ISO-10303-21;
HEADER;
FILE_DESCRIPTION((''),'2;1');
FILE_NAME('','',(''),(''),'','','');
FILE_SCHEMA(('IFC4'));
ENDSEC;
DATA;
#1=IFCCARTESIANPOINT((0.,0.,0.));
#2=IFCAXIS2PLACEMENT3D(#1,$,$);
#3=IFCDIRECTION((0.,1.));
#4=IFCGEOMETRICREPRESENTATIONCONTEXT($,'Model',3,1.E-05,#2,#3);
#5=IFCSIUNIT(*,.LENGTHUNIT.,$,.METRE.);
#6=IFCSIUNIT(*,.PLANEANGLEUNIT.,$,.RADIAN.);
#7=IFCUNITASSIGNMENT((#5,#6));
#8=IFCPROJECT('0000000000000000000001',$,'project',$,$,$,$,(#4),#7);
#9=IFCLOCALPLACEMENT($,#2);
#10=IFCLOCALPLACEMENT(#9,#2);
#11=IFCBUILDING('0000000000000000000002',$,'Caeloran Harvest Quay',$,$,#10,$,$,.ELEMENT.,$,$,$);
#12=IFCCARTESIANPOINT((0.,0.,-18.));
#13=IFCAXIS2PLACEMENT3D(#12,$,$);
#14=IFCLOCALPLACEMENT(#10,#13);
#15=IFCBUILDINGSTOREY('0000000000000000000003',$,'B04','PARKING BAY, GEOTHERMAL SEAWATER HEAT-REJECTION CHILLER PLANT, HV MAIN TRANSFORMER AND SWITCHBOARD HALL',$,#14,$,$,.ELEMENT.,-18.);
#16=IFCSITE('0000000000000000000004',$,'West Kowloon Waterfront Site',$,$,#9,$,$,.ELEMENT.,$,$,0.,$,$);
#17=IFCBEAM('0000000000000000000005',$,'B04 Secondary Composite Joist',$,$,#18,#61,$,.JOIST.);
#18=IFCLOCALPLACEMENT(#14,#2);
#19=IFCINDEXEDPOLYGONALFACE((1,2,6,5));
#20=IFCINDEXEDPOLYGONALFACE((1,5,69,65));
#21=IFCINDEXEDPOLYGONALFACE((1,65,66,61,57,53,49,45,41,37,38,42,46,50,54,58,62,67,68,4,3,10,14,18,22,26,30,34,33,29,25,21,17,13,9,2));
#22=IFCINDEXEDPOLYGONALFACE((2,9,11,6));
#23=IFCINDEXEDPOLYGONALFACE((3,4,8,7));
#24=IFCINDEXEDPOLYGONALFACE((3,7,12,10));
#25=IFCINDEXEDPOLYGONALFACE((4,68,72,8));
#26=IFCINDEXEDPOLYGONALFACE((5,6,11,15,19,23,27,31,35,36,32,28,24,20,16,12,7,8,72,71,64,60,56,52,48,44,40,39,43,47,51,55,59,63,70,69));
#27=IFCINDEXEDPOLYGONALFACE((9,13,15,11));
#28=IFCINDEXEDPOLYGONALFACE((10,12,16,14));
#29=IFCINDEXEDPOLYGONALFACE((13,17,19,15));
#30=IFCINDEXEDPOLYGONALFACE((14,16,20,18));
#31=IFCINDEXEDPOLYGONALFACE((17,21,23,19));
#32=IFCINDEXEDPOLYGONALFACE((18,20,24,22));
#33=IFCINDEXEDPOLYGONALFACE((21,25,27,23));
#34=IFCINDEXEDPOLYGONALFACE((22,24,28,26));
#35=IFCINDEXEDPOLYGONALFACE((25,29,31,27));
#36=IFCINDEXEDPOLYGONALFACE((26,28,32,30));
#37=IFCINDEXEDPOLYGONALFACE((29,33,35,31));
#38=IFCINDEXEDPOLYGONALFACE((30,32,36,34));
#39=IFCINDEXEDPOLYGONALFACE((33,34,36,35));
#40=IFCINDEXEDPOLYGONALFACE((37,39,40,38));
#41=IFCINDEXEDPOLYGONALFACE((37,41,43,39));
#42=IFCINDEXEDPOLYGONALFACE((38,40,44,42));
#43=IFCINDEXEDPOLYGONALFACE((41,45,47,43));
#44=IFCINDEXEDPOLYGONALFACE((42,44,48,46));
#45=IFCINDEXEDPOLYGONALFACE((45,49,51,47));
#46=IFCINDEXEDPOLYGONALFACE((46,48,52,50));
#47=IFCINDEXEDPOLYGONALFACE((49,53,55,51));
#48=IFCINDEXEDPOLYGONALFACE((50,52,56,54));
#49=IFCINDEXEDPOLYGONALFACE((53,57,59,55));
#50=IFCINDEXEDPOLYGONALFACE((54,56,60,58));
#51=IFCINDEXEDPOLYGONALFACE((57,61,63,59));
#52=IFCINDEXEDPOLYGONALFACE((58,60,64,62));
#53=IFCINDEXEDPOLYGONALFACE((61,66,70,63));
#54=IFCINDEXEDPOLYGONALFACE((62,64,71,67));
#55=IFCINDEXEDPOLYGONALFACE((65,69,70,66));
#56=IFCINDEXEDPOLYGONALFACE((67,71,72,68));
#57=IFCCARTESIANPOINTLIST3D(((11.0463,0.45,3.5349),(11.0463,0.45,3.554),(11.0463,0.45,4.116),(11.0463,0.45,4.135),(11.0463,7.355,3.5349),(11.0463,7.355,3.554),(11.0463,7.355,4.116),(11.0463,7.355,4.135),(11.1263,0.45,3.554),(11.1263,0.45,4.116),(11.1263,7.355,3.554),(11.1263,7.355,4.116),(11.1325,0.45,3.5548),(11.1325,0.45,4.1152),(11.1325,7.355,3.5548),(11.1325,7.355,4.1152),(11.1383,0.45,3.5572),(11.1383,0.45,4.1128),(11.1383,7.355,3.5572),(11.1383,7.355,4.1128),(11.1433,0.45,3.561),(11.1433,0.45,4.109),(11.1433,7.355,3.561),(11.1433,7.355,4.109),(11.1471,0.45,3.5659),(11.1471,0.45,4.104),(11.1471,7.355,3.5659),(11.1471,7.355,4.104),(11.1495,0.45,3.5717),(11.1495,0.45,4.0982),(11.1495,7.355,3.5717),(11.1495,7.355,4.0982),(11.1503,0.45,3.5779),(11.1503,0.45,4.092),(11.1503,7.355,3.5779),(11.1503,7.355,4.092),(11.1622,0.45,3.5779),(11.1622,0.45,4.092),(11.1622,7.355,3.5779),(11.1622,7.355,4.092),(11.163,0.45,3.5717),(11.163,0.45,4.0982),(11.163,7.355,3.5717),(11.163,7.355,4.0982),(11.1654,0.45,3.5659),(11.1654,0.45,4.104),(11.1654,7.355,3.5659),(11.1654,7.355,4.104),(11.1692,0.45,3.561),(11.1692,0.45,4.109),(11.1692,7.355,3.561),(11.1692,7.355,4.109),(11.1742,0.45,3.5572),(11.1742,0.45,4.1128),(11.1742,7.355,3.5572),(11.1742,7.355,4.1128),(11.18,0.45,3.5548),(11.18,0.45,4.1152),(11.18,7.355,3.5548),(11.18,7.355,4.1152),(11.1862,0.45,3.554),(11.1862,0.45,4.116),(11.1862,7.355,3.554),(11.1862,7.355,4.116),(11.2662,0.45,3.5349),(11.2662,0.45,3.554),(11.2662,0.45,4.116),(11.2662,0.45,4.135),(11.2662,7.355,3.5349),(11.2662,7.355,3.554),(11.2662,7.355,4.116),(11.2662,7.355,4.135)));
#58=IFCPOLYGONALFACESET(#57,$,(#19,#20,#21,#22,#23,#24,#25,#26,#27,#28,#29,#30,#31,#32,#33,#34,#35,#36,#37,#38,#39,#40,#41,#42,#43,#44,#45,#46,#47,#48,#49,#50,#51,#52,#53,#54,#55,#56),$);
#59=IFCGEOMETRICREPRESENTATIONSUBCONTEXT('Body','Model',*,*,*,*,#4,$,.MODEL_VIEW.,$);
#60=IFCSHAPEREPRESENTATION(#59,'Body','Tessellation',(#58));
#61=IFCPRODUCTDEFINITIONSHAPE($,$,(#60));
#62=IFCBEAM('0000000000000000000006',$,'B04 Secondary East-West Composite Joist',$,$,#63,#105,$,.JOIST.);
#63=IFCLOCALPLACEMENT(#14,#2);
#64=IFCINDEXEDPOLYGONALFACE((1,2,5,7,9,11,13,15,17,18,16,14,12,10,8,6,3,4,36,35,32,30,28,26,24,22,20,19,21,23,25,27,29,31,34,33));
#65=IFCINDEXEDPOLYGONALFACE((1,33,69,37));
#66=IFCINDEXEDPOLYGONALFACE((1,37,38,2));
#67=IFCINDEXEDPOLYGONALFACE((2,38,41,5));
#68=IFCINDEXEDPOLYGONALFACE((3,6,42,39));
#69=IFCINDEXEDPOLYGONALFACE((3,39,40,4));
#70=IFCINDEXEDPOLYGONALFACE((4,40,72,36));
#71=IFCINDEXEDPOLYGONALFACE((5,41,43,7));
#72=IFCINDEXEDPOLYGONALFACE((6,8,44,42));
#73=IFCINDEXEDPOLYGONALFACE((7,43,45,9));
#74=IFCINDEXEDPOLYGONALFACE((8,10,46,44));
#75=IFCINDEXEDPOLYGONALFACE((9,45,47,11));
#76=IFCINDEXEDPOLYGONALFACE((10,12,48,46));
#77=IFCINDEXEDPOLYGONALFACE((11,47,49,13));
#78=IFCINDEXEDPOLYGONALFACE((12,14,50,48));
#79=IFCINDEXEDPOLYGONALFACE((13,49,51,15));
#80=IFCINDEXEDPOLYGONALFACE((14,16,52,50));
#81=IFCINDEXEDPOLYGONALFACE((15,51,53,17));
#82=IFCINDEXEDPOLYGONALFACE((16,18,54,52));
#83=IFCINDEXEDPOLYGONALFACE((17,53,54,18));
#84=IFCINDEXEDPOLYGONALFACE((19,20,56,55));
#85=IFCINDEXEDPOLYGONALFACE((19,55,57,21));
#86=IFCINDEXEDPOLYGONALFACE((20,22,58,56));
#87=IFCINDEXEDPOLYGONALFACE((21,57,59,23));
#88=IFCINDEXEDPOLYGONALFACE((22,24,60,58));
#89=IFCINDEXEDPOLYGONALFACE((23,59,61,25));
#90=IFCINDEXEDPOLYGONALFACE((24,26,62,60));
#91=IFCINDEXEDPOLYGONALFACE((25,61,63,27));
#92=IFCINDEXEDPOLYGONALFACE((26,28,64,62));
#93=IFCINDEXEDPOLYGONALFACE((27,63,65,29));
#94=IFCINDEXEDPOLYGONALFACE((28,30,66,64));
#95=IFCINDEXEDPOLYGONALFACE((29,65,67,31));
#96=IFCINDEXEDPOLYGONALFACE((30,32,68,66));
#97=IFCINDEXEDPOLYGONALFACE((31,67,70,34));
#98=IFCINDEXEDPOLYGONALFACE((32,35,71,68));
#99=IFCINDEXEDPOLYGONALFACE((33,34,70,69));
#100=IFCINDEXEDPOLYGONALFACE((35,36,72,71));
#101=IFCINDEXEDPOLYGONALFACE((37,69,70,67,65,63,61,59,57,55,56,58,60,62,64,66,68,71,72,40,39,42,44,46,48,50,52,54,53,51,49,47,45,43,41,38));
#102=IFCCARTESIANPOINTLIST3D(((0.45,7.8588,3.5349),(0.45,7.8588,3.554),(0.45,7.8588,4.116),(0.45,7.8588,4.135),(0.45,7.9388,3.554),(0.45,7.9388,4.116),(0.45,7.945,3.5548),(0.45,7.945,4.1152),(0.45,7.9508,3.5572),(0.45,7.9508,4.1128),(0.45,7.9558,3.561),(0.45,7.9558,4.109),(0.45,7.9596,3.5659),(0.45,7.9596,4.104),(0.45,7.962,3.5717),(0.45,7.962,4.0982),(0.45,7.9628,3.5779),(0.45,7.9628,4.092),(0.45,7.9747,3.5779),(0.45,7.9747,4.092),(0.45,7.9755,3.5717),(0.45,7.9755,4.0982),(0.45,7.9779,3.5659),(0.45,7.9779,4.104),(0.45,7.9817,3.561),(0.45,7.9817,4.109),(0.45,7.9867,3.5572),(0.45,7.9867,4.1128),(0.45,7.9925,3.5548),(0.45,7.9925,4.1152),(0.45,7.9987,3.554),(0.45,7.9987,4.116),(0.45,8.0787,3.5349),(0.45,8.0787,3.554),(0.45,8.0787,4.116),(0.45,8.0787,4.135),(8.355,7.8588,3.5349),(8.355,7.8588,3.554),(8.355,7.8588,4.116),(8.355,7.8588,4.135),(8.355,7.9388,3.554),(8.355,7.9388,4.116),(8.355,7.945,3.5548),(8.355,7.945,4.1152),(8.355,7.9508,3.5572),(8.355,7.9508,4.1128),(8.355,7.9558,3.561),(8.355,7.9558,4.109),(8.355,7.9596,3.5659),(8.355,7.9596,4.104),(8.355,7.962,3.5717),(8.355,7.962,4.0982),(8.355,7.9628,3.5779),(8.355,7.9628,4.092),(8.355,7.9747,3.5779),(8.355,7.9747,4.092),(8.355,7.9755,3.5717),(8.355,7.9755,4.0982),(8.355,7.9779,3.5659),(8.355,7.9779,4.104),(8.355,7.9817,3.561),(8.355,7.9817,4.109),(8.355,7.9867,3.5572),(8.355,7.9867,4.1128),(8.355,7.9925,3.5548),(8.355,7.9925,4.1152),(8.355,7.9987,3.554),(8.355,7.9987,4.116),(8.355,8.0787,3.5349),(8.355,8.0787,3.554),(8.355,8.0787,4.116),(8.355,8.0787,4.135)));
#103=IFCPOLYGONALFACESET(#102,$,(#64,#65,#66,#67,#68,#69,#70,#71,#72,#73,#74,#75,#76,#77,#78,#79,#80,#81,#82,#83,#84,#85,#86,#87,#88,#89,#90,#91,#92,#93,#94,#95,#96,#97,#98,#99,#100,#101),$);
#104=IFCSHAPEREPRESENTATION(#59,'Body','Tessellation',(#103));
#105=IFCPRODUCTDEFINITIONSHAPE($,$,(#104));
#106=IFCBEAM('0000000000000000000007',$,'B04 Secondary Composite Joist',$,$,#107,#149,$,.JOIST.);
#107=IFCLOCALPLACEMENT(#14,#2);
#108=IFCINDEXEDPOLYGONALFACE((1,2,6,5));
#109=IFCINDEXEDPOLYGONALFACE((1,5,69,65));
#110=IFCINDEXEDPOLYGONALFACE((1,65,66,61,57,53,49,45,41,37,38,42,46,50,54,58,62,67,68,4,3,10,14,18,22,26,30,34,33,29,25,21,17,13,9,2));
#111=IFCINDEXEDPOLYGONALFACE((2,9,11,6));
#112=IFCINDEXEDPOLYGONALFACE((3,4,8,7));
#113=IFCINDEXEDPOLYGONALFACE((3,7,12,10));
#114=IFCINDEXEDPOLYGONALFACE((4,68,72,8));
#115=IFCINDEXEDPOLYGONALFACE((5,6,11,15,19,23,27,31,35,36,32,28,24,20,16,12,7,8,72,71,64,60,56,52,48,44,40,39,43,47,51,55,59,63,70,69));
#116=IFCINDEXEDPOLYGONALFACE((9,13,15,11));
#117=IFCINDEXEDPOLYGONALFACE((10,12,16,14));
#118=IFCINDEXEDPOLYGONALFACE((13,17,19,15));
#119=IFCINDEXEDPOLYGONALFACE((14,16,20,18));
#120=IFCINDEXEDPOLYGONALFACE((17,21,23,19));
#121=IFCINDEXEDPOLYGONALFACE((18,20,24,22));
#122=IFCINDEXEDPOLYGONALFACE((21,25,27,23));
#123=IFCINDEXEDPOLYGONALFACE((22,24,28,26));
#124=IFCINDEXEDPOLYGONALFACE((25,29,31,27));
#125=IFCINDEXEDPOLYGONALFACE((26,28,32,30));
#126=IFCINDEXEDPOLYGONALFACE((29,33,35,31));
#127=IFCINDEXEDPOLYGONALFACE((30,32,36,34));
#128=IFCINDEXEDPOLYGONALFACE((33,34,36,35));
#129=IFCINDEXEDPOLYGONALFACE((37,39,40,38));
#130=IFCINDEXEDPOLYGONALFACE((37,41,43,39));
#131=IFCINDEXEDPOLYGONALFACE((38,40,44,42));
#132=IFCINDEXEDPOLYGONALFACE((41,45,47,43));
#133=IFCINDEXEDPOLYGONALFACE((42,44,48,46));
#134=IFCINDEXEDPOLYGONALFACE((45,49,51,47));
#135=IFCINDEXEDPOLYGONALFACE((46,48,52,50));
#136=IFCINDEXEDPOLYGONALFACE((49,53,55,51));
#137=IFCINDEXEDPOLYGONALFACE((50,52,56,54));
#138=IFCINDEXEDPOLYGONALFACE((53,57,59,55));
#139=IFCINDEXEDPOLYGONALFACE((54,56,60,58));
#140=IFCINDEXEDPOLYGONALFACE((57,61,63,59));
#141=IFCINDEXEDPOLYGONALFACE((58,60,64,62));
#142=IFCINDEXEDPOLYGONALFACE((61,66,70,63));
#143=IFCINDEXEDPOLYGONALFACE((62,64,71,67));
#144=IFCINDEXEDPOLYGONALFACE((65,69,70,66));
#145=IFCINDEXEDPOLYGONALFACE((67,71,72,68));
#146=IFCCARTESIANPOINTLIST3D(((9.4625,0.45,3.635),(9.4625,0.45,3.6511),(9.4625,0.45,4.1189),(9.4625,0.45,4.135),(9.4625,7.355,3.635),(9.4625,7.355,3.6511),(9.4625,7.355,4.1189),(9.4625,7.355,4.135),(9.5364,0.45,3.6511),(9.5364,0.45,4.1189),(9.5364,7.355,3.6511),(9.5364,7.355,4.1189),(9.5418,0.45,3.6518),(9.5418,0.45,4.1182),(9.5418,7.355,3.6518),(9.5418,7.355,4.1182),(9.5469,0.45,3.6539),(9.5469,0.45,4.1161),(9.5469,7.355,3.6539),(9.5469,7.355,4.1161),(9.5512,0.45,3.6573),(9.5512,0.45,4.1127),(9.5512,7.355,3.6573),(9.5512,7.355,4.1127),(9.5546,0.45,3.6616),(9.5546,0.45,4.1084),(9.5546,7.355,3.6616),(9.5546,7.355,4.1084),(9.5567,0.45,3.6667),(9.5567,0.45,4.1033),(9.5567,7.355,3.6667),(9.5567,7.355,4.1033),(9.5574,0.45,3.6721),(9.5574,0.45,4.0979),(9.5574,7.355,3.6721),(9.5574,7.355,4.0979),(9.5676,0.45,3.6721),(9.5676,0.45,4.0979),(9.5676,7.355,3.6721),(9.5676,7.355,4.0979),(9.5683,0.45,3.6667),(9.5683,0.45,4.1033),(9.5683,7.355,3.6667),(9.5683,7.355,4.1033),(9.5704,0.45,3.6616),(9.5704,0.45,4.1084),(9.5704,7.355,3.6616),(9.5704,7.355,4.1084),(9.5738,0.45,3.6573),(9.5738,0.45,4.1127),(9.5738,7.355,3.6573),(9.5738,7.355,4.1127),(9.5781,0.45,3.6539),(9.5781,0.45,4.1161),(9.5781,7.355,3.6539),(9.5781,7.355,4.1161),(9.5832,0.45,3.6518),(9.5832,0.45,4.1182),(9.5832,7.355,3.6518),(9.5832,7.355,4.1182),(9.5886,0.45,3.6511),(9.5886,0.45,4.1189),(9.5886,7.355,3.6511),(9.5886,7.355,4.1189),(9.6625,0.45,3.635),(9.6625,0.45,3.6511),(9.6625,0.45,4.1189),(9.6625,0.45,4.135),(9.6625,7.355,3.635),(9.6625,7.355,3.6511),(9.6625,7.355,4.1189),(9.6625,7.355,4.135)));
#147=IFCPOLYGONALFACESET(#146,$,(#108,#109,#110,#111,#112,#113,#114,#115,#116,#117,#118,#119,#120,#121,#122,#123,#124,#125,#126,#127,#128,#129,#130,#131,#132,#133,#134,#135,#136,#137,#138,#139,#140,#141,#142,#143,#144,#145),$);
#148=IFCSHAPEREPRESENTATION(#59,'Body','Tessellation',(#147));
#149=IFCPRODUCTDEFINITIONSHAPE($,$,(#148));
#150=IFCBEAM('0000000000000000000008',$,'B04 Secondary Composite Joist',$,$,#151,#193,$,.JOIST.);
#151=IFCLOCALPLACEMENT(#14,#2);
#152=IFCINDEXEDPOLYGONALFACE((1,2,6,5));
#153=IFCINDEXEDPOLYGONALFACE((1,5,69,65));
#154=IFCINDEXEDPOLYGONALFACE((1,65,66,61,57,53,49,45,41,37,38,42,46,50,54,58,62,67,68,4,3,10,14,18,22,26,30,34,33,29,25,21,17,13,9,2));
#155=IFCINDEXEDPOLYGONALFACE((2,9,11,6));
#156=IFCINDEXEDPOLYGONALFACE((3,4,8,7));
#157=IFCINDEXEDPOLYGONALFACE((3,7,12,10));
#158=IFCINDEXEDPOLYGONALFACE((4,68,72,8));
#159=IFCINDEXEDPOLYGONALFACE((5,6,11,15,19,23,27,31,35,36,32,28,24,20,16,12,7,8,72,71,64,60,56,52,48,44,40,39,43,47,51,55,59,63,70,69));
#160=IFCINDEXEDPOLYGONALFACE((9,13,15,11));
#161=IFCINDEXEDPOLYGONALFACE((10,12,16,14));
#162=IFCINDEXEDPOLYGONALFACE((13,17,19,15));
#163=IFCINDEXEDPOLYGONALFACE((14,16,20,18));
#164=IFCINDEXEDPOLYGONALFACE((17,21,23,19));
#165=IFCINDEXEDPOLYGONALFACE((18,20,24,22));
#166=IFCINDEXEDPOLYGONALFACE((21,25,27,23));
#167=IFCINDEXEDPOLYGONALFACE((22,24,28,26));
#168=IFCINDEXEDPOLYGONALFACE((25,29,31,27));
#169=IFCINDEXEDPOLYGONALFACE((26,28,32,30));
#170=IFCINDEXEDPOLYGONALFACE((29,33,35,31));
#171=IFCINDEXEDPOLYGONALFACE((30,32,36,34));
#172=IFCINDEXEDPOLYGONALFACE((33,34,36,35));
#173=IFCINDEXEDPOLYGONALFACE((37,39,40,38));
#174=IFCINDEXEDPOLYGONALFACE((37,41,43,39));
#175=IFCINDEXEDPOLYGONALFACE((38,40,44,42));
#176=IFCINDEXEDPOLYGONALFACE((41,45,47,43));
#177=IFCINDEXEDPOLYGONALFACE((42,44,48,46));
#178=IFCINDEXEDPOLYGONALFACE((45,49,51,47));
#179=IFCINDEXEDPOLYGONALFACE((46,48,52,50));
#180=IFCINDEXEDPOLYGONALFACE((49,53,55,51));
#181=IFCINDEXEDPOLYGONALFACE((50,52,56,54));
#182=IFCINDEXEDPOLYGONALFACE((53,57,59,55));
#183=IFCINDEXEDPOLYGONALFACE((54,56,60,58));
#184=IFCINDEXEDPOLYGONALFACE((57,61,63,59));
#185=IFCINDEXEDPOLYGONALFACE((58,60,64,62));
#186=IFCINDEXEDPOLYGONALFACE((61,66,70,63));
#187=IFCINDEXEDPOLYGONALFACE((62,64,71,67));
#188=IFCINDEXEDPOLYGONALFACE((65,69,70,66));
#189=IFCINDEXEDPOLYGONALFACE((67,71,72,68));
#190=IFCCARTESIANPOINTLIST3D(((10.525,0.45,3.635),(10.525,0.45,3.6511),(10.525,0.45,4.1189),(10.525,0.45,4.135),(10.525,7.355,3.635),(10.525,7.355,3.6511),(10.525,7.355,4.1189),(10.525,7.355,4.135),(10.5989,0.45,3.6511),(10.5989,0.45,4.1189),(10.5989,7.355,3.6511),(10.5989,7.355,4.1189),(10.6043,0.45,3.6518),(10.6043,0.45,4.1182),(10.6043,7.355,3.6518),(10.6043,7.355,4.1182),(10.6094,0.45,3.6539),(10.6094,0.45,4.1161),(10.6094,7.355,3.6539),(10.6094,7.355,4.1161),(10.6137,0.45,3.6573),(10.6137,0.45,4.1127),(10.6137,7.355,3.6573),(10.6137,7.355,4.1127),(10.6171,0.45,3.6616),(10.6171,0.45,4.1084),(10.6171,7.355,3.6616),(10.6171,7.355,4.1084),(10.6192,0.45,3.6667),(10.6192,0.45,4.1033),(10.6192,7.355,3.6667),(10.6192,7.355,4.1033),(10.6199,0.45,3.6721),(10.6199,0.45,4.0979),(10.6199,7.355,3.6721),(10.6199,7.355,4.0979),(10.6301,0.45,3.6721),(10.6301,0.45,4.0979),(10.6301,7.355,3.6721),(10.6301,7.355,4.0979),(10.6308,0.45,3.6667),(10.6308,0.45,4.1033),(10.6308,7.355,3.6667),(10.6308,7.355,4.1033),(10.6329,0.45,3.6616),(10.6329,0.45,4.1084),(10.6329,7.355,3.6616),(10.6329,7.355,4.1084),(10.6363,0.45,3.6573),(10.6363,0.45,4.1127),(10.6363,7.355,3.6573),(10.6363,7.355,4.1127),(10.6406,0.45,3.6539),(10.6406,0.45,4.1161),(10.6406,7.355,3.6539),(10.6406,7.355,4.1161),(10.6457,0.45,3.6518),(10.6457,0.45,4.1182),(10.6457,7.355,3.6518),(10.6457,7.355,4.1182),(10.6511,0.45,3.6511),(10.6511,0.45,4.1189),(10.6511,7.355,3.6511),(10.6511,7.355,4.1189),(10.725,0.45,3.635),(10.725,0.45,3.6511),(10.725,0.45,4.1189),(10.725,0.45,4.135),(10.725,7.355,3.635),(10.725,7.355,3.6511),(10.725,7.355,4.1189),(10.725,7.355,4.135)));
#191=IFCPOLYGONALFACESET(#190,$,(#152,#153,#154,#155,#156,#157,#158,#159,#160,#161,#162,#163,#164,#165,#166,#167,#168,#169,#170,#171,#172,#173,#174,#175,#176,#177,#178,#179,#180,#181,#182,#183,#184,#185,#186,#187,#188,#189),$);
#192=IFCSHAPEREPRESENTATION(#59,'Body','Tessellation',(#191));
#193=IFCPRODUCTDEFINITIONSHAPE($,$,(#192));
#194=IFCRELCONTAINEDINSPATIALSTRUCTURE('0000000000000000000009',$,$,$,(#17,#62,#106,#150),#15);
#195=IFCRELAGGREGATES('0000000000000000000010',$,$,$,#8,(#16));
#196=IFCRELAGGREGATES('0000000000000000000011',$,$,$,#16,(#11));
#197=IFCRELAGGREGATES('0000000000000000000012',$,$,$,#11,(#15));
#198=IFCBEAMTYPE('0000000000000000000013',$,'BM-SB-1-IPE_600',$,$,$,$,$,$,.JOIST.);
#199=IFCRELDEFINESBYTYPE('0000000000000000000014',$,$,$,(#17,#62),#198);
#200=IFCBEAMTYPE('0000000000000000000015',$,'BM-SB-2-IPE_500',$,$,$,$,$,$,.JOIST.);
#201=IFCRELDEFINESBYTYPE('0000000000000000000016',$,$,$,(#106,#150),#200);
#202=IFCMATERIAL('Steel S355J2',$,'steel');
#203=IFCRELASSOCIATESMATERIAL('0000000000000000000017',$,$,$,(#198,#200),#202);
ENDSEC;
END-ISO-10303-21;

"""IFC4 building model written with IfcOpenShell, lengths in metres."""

from ifc_helpers import new_model, si_unit, direction, frame, origin, origin_2d, place, context, subcontext, project, spatial, i_section, extrude, material, material_profile, profile_set, type_object, element, save


model = new_model("IFC4")

# Units and contexts
model_context = context("Model", 3, precision=1e-05, world=origin(), true_north=direction((0.0, 1.0)))
body_context = subcontext(model_context, "Body", "Model", "MODEL_VIEW")
ifc_project = project(units=[si_unit("LENGTHUNIT", "METRE"), si_unit("PLANEANGLEUNIT", "RADIAN")], contexts=[model_context])

# Site, building, storey
site_placement = place(None, origin())
site = spatial("IfcSite", under=ifc_project, at=site_placement, Name="West Kowloon Waterfront Site", CompositionType="ELEMENT", RefElevation=0.0)
building_placement = place(site_placement, origin())
building = spatial("IfcBuilding", under=site, at=building_placement, Name="Caeloran Harvest Quay", CompositionType="ELEMENT")
storey_placement = place(building_placement, frame((0.0, 0.0, -18.0)))
storey = spatial("IfcBuildingStorey", under=building, at=storey_placement, Name="B04", Description="PARKING BAY, GEOTHERMAL SEAWATER HEAT-REJECTION CHILLER PLANT, HV MAIN TRANSFORMER AND SWITCHBOARD HALL", CompositionType="ELEMENT", Elevation=-18.0)

# Beams
ifc_material_1 = material(Name="Steel S355J2", Category="steel")
ifc_material_profile_1 = material_profile(ifc_material_1, i_section(OverallWidth=0.22, OverallDepth=0.6001, WebThickness=0.012, FlangeThickness=0.019, FilletRadius=0.0239, at=origin_2d()), Name="IPE 600")
ifc_profile_set_1 = profile_set([ifc_material_profile_1], Name="Steel S355J2")
beam_type_1 = type_object("IfcBeamType", Name="BM-SB-1-IPE_600", PredefinedType="JOIST", material=ifc_profile_set_1)
for number, where, z_axis, x_axis, name in (
    (1, (11.1562, 0.45, 3.835), (0.0, 1.0, 0.0), (-1.0, 0.0, 0.0), "B04 Secondary Composite Joist"),
):
    element("IfcBeam", number, at=place(storey_placement, frame(where, z_axis=z_axis, x_axis=x_axis)), inside=storey, type_object=beam_type_1, Name=name, PredefinedType="JOIST", context=body_context, shape_type="SweptSolid", body=[
        extrude(i_section(OverallWidth=0.22, OverallDepth=0.6001, WebThickness=0.012, FlangeThickness=0.019, FilletRadius=0.0239, at=origin_2d()), origin(), (0.0, 0.0, 1.0), 6.905),
    ])
beam_1_placement = place(storey_placement, frame((0.45, 7.9688, 3.835), z_axis=(1.0, 0.0, 0.0), x_axis=(0.0, 1.0, 0.0)))
element("IfcBeam", 2, at=beam_1_placement, inside=storey, type_object=beam_type_1, Name="B04 Secondary East-West Composite Joist", PredefinedType="JOIST", context=body_context, shape_type="SweptSolid", body=[
    extrude(i_section(OverallWidth=0.22, OverallDepth=0.6001, WebThickness=0.012, FlangeThickness=0.019, FilletRadius=0.0239, at=origin_2d()), origin(), (0.0, 0.0, 1.0), 7.905),
])
ifc_material_profile_2 = material_profile(ifc_material_1, i_section(OverallWidth=0.2, OverallDepth=0.5, WebThickness=0.0103, FlangeThickness=0.0161, FilletRadius=0.021, at=origin_2d()), Name="IPE 500")
ifc_profile_set_2 = profile_set([ifc_material_profile_2], Name="Steel S355J2")
beam_type_2 = type_object("IfcBeamType", Name="BM-SB-2-IPE_500", PredefinedType="JOIST", material=ifc_profile_set_2)
for number, where, z_axis, x_axis, name in (
    (3, (9.5625, 0.45, 3.885), (0.0, 1.0, 0.0), (-1.0, 0.0, 0.0), "B04 Secondary Composite Joist"),
    (4, (10.625, 0.45, 3.885), (0.0, 1.0, 0.0), (-1.0, 0.0, 0.0), "B04 Secondary Composite Joist"),
):
    element("IfcBeam", number, at=place(storey_placement, frame(where, z_axis=z_axis, x_axis=x_axis)), inside=storey, type_object=beam_type_2, Name=name, PredefinedType="JOIST", context=body_context, shape_type="SweptSolid", body=[
        extrude(i_section(OverallWidth=0.2, OverallDepth=0.5, WebThickness=0.0103, FlangeThickness=0.0161, FilletRadius=0.021, at=origin_2d()), origin(), (0.0, 0.0, 1.0), 6.905),
    ])

save(model, "model.ifc")
